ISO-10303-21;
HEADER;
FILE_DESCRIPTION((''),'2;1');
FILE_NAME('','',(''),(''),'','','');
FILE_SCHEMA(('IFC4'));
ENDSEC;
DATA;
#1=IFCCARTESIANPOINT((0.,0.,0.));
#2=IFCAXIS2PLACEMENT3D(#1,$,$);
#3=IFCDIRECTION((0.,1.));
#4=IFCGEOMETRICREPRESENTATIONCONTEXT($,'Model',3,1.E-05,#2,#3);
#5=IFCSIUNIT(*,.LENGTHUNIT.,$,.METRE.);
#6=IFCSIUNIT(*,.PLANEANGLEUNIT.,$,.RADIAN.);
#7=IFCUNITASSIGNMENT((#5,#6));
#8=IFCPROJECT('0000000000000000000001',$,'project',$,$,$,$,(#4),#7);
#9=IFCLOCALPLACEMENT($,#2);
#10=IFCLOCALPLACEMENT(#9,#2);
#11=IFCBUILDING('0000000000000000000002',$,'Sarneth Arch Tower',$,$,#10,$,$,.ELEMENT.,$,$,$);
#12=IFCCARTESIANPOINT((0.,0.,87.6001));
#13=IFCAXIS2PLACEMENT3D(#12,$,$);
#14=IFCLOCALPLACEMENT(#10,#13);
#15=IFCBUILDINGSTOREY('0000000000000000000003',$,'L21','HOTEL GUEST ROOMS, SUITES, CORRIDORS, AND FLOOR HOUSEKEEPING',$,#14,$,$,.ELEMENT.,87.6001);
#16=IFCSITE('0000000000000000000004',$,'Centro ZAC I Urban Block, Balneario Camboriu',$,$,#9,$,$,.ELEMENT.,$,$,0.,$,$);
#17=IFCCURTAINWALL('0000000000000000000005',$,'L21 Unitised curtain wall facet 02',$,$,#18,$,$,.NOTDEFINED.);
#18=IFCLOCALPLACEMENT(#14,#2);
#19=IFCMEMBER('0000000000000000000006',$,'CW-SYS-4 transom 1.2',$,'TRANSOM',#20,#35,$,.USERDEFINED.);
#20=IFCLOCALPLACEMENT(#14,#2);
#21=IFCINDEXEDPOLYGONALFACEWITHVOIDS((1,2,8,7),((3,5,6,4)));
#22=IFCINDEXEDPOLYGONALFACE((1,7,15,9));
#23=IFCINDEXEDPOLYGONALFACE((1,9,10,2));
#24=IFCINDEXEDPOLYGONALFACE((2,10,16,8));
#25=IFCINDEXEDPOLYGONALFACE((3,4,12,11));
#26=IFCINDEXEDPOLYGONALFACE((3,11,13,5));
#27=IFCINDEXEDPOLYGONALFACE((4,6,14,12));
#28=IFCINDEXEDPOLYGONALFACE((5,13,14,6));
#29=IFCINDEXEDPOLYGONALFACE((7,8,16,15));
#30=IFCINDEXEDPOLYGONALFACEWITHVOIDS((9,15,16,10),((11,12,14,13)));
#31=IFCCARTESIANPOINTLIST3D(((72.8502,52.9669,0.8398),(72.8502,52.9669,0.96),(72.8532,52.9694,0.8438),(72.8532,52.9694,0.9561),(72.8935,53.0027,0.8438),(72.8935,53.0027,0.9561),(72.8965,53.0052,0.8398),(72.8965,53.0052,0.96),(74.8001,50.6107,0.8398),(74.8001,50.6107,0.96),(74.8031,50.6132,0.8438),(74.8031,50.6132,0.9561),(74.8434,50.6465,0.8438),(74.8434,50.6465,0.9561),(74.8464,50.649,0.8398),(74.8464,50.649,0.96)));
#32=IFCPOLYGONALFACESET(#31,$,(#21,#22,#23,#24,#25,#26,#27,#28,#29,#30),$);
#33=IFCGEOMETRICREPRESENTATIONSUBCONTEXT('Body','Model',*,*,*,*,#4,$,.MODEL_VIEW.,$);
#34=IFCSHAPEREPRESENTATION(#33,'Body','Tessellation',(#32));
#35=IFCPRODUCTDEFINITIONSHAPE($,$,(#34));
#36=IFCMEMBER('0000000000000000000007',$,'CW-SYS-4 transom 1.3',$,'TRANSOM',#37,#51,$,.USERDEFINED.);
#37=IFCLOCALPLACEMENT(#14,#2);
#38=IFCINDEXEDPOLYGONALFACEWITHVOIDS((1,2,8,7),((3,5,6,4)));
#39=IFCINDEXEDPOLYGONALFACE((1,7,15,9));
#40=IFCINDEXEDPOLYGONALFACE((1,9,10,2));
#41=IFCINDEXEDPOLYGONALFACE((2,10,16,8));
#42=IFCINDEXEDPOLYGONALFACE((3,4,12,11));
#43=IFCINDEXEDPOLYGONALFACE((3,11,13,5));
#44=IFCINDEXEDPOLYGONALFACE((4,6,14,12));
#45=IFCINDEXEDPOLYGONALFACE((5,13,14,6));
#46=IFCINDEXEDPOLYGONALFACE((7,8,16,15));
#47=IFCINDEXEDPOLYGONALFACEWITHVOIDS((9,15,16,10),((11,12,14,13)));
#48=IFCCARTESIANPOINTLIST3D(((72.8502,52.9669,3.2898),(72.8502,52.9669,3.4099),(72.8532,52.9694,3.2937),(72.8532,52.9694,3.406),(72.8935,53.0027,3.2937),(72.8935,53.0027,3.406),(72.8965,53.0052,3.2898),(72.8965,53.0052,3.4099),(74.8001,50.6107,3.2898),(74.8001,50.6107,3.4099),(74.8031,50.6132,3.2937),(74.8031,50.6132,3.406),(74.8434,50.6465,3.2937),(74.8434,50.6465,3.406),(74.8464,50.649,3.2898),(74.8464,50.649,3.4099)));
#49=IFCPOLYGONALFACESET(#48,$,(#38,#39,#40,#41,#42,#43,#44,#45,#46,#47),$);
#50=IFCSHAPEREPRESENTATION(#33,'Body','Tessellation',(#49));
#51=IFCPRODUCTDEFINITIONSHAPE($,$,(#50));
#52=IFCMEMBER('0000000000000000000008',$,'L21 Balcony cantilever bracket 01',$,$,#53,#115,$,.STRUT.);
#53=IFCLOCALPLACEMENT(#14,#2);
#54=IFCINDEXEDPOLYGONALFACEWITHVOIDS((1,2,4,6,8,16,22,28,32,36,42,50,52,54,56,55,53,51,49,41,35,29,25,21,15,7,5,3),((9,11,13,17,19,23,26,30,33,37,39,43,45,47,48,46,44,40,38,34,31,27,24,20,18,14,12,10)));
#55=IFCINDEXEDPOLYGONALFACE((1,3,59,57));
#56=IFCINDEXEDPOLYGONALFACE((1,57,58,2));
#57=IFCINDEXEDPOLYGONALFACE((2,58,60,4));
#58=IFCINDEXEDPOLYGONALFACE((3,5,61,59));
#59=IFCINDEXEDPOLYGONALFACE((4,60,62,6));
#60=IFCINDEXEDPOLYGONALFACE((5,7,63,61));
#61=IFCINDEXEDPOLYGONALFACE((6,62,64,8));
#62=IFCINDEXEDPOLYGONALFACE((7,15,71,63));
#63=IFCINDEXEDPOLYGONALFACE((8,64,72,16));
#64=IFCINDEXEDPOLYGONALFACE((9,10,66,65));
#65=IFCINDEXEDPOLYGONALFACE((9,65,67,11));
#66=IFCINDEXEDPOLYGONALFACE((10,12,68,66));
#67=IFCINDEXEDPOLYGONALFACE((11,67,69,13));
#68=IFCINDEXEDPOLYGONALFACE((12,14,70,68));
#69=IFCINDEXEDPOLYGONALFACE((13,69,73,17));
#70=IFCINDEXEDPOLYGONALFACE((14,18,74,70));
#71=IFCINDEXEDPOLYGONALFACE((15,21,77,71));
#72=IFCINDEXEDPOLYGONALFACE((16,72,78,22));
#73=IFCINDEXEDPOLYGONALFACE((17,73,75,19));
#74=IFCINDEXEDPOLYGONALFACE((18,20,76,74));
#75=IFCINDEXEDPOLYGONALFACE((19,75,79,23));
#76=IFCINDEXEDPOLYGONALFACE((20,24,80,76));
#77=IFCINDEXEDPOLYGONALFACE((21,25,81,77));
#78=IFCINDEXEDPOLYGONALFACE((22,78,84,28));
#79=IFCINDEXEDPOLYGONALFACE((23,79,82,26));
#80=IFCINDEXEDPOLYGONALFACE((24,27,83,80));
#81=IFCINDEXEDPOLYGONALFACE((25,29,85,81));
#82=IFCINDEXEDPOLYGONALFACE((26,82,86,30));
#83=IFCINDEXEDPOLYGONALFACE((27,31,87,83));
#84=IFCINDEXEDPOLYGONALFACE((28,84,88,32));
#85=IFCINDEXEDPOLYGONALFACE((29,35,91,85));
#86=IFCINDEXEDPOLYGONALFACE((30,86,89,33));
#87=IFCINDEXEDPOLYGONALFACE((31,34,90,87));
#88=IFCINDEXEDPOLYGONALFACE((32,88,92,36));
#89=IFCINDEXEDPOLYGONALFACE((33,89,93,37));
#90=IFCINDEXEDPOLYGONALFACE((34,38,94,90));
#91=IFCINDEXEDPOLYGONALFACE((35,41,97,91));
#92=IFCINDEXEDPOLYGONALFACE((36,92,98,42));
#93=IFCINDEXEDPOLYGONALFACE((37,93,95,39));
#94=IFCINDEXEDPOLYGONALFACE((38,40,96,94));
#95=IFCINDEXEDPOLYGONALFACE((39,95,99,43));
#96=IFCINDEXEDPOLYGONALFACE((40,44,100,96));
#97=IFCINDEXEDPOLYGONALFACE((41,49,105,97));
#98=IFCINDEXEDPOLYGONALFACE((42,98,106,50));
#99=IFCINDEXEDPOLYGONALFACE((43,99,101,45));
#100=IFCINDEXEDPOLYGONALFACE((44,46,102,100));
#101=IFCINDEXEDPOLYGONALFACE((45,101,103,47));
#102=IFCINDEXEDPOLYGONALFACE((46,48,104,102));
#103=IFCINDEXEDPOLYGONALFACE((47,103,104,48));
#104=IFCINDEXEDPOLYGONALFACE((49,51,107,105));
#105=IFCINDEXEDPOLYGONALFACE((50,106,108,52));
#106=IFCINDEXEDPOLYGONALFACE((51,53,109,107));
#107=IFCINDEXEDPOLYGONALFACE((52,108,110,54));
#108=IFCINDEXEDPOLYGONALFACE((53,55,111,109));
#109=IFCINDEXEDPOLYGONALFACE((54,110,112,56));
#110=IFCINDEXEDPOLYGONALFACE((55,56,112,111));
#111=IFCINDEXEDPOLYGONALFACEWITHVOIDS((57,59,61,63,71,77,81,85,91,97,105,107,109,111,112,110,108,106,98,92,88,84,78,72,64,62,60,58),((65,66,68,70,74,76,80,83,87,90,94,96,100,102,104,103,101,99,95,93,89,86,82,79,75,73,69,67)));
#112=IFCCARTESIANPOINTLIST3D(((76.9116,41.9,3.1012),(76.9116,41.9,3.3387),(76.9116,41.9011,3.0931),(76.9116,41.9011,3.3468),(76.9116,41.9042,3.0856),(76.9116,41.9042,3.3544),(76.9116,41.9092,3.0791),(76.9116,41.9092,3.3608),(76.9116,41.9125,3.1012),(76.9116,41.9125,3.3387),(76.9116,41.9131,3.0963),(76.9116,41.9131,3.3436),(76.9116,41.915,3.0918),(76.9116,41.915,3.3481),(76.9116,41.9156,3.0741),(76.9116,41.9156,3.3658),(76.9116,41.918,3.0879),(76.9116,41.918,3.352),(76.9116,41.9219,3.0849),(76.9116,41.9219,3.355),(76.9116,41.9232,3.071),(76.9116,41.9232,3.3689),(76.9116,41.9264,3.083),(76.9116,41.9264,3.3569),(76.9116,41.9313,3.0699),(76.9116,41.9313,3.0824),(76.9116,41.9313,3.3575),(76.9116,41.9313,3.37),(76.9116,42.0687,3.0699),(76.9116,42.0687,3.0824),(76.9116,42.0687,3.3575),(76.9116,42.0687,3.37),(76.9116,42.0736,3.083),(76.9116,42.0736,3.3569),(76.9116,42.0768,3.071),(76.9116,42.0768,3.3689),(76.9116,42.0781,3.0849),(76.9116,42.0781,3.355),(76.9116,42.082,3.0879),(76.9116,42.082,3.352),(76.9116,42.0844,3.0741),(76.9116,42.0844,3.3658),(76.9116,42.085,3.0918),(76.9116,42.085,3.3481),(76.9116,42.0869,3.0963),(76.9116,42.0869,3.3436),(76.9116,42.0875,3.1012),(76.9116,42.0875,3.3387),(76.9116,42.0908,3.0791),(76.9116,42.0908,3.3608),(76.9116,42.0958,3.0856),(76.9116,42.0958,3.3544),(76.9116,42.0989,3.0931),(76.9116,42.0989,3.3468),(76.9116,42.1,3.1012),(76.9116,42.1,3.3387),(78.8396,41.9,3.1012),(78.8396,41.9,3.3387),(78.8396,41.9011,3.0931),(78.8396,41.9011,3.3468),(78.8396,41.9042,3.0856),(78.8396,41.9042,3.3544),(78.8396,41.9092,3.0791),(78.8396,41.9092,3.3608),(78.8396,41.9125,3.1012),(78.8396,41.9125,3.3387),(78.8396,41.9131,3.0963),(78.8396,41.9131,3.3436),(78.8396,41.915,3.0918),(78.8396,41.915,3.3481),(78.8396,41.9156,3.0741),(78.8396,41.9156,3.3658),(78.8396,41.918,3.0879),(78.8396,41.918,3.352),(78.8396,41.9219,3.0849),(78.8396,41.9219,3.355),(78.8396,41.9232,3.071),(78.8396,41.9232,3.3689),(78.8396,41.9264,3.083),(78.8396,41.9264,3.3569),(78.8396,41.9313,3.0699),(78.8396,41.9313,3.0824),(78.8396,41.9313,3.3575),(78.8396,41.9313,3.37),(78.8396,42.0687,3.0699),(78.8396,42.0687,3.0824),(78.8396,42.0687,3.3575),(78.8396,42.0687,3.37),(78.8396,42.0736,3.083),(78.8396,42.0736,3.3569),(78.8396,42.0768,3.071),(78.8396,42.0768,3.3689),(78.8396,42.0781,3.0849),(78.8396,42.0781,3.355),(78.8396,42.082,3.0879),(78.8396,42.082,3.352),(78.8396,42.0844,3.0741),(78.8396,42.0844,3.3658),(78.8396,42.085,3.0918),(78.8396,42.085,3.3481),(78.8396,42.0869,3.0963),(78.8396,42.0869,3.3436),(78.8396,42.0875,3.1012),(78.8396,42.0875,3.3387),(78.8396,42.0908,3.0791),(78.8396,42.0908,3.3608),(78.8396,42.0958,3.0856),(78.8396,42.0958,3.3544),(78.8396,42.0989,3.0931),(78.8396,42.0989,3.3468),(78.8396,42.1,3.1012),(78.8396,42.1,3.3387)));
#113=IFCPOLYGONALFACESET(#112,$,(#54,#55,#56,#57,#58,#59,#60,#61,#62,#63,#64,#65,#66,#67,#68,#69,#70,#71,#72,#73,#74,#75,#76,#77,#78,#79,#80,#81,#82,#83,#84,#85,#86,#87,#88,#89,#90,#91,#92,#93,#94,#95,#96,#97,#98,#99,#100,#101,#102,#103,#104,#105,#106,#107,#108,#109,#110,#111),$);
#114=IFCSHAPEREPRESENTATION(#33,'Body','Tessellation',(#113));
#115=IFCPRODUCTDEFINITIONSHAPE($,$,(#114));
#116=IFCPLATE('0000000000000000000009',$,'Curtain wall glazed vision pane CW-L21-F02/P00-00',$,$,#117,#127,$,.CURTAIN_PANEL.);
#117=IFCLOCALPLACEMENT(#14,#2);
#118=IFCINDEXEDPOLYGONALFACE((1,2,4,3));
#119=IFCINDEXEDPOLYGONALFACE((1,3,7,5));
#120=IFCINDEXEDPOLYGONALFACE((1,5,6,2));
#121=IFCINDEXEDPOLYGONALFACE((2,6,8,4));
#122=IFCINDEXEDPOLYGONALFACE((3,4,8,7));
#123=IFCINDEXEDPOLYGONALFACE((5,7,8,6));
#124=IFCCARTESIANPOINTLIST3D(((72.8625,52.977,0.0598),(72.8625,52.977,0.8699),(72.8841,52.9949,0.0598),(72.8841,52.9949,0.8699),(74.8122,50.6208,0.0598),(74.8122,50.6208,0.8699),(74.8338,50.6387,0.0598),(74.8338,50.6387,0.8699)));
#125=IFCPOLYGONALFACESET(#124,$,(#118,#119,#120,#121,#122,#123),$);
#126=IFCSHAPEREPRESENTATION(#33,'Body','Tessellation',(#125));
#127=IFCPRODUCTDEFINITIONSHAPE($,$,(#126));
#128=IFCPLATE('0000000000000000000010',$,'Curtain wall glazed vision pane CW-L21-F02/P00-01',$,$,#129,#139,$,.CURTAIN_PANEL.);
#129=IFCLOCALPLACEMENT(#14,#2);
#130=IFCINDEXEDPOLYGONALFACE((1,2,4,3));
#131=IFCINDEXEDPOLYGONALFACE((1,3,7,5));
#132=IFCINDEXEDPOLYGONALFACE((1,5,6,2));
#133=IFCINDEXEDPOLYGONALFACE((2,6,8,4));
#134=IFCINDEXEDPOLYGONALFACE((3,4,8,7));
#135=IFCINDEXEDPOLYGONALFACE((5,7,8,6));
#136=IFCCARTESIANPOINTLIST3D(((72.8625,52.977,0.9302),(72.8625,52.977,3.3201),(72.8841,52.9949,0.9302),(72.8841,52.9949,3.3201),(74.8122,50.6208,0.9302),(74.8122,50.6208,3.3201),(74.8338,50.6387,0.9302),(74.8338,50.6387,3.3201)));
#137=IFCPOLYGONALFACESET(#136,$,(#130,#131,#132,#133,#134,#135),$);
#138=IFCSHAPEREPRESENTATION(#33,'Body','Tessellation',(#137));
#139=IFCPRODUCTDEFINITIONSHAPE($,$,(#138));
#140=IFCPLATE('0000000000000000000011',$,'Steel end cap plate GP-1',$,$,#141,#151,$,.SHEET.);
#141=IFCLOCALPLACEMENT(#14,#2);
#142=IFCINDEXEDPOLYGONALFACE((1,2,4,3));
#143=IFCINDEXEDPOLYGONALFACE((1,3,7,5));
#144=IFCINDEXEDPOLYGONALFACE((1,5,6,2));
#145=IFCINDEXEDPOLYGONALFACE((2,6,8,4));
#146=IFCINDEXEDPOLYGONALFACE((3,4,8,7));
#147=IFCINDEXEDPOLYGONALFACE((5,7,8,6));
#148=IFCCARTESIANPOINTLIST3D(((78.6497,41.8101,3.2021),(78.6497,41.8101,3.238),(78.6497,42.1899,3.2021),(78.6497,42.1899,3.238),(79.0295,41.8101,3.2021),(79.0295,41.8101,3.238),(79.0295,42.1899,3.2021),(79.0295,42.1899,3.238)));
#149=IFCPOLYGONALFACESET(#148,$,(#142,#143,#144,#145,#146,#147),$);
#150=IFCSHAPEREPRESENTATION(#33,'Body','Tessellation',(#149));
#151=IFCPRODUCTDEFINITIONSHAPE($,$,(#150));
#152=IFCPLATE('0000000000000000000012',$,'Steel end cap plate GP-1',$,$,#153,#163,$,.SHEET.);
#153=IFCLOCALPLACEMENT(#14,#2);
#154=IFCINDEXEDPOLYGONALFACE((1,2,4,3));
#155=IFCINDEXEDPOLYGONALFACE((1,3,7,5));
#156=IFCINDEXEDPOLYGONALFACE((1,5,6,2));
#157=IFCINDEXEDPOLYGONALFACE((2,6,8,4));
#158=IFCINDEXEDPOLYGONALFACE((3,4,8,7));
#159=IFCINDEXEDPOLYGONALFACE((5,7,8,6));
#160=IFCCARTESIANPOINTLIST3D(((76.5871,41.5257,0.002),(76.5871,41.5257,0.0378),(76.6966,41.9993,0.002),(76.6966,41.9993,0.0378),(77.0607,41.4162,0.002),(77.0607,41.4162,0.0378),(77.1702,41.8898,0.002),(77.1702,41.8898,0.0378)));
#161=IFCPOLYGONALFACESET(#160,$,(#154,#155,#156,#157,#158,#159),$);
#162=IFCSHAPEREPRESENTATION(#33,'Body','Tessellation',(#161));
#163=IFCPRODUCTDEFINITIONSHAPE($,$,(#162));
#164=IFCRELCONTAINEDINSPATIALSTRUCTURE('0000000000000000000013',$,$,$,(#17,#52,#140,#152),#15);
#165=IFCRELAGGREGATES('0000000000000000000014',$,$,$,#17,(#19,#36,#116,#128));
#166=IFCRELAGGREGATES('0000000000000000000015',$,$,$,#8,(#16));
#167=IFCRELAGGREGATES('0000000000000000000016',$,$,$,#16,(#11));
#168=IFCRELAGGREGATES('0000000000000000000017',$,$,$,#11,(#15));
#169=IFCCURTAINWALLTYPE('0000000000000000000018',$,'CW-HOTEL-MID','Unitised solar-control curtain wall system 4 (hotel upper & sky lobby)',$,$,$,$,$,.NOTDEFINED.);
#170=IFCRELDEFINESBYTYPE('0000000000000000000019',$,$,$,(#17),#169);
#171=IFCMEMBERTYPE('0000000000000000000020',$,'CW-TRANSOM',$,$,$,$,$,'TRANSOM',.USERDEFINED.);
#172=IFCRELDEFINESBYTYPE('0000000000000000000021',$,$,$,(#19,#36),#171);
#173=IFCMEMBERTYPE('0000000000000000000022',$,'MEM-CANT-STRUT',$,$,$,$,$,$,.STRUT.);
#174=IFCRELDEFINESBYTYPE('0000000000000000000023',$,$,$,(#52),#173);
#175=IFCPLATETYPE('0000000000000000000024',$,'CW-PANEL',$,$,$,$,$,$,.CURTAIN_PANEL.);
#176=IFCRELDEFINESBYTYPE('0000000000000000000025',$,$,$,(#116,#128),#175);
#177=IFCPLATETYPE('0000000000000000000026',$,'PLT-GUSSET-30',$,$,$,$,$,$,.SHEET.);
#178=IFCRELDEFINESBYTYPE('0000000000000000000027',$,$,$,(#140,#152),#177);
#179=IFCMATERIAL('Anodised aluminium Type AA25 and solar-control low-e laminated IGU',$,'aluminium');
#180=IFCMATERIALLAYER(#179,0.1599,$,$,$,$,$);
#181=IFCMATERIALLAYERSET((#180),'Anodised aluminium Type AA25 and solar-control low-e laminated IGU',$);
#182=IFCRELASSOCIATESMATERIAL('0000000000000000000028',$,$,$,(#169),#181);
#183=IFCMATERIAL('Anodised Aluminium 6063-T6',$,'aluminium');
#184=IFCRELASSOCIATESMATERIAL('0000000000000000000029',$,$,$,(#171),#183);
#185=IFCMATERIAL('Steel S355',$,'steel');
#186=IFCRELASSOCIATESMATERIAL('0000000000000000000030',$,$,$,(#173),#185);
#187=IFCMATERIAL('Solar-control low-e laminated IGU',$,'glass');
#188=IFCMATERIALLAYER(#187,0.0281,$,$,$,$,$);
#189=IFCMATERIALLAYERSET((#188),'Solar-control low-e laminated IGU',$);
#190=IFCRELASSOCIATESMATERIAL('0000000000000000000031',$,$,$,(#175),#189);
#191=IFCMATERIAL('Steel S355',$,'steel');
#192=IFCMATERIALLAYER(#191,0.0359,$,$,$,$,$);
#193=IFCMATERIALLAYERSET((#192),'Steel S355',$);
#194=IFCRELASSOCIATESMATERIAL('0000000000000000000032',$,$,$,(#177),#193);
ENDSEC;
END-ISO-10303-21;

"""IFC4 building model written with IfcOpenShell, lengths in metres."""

from ifc_helpers import new_model, si_unit, direction, frame, origin, origin_2d, place, context, subcontext, project, spatial, rectangle, hollow_rectangle, extrude, material, layer, layer_set, material_profile, profile_set, type_object, element, aggregate, save


model = new_model("IFC4")

# Units and contexts
model_context = context("Model", 3, precision=1e-05, world=origin(), true_north=direction((0.0, 1.0)))
body_context = subcontext(model_context, "Body", "Model", "MODEL_VIEW")
ifc_project = project(units=[si_unit("LENGTHUNIT", "METRE"), si_unit("PLANEANGLEUNIT", "RADIAN")], contexts=[model_context])

# Site, building, storey
site_placement = place(None, origin())
site = spatial("IfcSite", under=ifc_project, at=site_placement, Name="Centro ZAC I Urban Block, Balneario Camboriu", CompositionType="ELEMENT", RefElevation=0.0)
building_placement = place(site_placement, origin())
building = spatial("IfcBuilding", under=site, at=building_placement, Name="Sarneth Arch Tower", CompositionType="ELEMENT")
storey_placement = place(building_placement, frame((0.0, 0.0, 87.6001)))
storey = spatial("IfcBuildingStorey", under=building, at=storey_placement, Name="L21", Description="HOTEL GUEST ROOMS, SUITES, CORRIDORS, AND FLOOR HOUSEKEEPING", CompositionType="ELEMENT", Elevation=87.6001)

# Curtain wall, members
ifc_material_1 = material(Name="Anodised aluminium Type AA25 and solar-control low-e laminated IGU", Category="aluminium")
ifc_layer_1 = layer(ifc_material_1, 0.1599)
ifc_layer_set_1 = layer_set([ifc_layer_1], Name="Anodised aluminium Type AA25 and solar-control low-e laminated IGU")
curtain_wall_type = type_object("IfcCurtainWallType", Name="CW-HOTEL-MID", Description="Unitised solar-control curtain wall system 4 (hotel upper & sky lobby)", PredefinedType="NOTDEFINED", material=ifc_layer_set_1)
curtain_wall_placement = place(storey_placement, origin())
curtain_wall = element("IfcCurtainWall", 1, at=curtain_wall_placement, inside=storey, type_object=curtain_wall_type, Name="L21 Unitised curtain wall facet 02", PredefinedType="NOTDEFINED")
ifc_material_2 = material(Name="Anodised Aluminium 6063-T6", Category="aluminium")
ifc_material_profile_1 = material_profile(ifc_material_2, hollow_rectangle(XDim=0.0601, YDim=0.1201, WallThickness=0.0039, at=origin_2d()), Name="AL-TRAN-120x60x4")
ifc_profile_set_1 = profile_set([ifc_material_profile_1], Name="Anodised Aluminium 6063-T6")
member_type_1 = type_object("IfcMemberType", Name="CW-TRANSOM", ElementType="TRANSOM", PredefinedType="USERDEFINED", material=ifc_profile_set_1)
member_1_placement = place(storey_placement, frame((74.8232, 50.6299, 0.8999), z_axis=(-0.637566, 0.770396, 0.0), x_axis=(-0.770396, -0.637566, 0.0)))
member_1 = element("IfcMember", 2, at=member_1_placement, type_object=member_type_1, Name="CW-SYS-4 transom 1.2", ObjectType="TRANSOM", PredefinedType="USERDEFINED", context=body_context, shape_type="SweptSolid", body=[
    extrude(hollow_rectangle(XDim=0.0601, YDim=0.1201, WallThickness=0.0039, at=origin_2d()), origin(), (0.0, 0.0, 1.0), 3.0583),
])
member_2_placement = place(storey_placement, frame((74.8232, 50.6299, 3.3499), z_axis=(-0.637566, 0.770396, 0.0), x_axis=(-0.770396, -0.637566, 0.0)))
member_2 = element("IfcMember", 3, at=member_2_placement, type_object=member_type_1, Name="CW-SYS-4 transom 1.3", ObjectType="TRANSOM", PredefinedType="USERDEFINED", context=body_context, shape_type="SweptSolid", body=[
    extrude(hollow_rectangle(XDim=0.0601, YDim=0.1201, WallThickness=0.0039, at=origin_2d()), origin(), (0.0, 0.0, 1.0), 3.0583),
])

# Member
ifc_material_3 = material(Name="Steel S355", Category="steel")
ifc_material_profile_2 = material_profile(ifc_material_3, hollow_rectangle(XDim=0.2, YDim=0.3, WallThickness=0.0125, InnerFilletRadius=0.0188, OuterFilletRadius=0.0312, at=origin_2d()), Name="RHS300x200x12.5")
ifc_profile_set_2 = profile_set([ifc_material_profile_2], Name="Steel S355")
member_type_2 = type_object("IfcMemberType", Name="MEM-CANT-STRUT", PredefinedType="STRUT", material=ifc_profile_set_2)
member_3_placement = place(storey_placement, frame((76.9116, 42.0, 3.22), z_axis=(1.0, 0.0, 0.0), x_axis=(0.0, 1.0, 0.0)))
element("IfcMember", 4, at=member_3_placement, inside=storey, type_object=member_type_2, Name="L21 Balcony cantilever bracket 01", PredefinedType="STRUT", context=body_context, shape_type="SweptSolid", body=[
    extrude(hollow_rectangle(XDim=0.2, YDim=0.3, WallThickness=0.0125, InnerFilletRadius=0.0188, OuterFilletRadius=0.0312, at=origin_2d()), origin(), (0.0, 0.0, 1.0), 1.928),
])

# Plates
ifc_material_4 = material(Name="Solar-control low-e laminated IGU", Category="glass")
ifc_layer_2 = layer(ifc_material_4, 0.0281)
ifc_layer_set_2 = layer_set([ifc_layer_2], Name="Solar-control low-e laminated IGU")
plate_type_1 = type_object("IfcPlateType", Name="CW-PANEL", PredefinedType="CURTAIN_PANEL", material=ifc_layer_set_2)
plate_1_placement = place(storey_placement, frame((73.8481, 51.8079, 0.0598), z_axis=(0.0, 0.0, 1.0), x_axis=(-0.637515, 0.770438, 0.0)))
plate_1 = element("IfcPlate", 5, at=plate_1_placement, type_object=plate_type_1, Name="Curtain wall glazed vision pane CW-L21-F02/P00-00", PredefinedType="CURTAIN_PANEL", context=body_context, shape_type="SweptSolid", body=[
    extrude(rectangle(XDim=3.0583, YDim=0.0281, at=origin_2d()), origin(), (0.0, 0.0, 1.0), 0.8101),
])
plate_2_placement = place(storey_placement, frame((73.8481, 51.8079, 0.9302), z_axis=(0.0, 0.0, 1.0), x_axis=(-0.637515, 0.770438, 0.0)))
plate_2 = element("IfcPlate", 6, at=plate_2_placement, type_object=plate_type_1, Name="Curtain wall glazed vision pane CW-L21-F02/P00-01", PredefinedType="CURTAIN_PANEL", context=body_context, shape_type="SweptSolid", body=[
    extrude(rectangle(XDim=3.0583, YDim=0.0281, at=origin_2d()), origin(), (0.0, 0.0, 1.0), 2.3899),
])
aggregate(curtain_wall, [member_1, member_2, plate_1, plate_2])

# Plates
ifc_material_5 = material(Name="Steel S355", Category="steel")
ifc_layer_3 = layer(ifc_material_5, 0.0359)
ifc_layer_set_3 = layer_set([ifc_layer_3], Name="Steel S355")
plate_type_2 = type_object("IfcPlateType", Name="PLT-GUSSET-30", PredefinedType="SHEET", material=ifc_layer_set_3)
plate_3_placement = place(storey_placement, frame((78.8396, 42.0, 3.2021), z_axis=(0.0, 0.0, 1.0), x_axis=(1.0, 0.0, 0.0)))
element("IfcPlate", 7, at=plate_3_placement, inside=storey, type_object=plate_type_2, Name="Steel end cap plate GP-1", PredefinedType="SHEET", context=body_context, shape_type="SweptSolid", body=[
    extrude(rectangle(XDim=0.3799, YDim=0.3799, at=origin_2d()), origin(), (0.0, 0.0, 1.0), 0.0359),
])
plate_4_placement = place(storey_placement, frame((76.8787, 41.7078, 0.002), z_axis=(0.0, 0.0, 1.0), x_axis=(0.225291, 0.974291, 0.0)))
element("IfcPlate", 8, at=plate_4_placement, inside=storey, type_object=plate_type_2, Name="Steel end cap plate GP-1", PredefinedType="SHEET", context=body_context, shape_type="SweptSolid", body=[
    extrude(rectangle(XDim=0.4861, YDim=0.4861, at=origin_2d()), origin(), (0.0, 0.0, 1.0), 0.0359),
])

save(model, "model.ifc")
